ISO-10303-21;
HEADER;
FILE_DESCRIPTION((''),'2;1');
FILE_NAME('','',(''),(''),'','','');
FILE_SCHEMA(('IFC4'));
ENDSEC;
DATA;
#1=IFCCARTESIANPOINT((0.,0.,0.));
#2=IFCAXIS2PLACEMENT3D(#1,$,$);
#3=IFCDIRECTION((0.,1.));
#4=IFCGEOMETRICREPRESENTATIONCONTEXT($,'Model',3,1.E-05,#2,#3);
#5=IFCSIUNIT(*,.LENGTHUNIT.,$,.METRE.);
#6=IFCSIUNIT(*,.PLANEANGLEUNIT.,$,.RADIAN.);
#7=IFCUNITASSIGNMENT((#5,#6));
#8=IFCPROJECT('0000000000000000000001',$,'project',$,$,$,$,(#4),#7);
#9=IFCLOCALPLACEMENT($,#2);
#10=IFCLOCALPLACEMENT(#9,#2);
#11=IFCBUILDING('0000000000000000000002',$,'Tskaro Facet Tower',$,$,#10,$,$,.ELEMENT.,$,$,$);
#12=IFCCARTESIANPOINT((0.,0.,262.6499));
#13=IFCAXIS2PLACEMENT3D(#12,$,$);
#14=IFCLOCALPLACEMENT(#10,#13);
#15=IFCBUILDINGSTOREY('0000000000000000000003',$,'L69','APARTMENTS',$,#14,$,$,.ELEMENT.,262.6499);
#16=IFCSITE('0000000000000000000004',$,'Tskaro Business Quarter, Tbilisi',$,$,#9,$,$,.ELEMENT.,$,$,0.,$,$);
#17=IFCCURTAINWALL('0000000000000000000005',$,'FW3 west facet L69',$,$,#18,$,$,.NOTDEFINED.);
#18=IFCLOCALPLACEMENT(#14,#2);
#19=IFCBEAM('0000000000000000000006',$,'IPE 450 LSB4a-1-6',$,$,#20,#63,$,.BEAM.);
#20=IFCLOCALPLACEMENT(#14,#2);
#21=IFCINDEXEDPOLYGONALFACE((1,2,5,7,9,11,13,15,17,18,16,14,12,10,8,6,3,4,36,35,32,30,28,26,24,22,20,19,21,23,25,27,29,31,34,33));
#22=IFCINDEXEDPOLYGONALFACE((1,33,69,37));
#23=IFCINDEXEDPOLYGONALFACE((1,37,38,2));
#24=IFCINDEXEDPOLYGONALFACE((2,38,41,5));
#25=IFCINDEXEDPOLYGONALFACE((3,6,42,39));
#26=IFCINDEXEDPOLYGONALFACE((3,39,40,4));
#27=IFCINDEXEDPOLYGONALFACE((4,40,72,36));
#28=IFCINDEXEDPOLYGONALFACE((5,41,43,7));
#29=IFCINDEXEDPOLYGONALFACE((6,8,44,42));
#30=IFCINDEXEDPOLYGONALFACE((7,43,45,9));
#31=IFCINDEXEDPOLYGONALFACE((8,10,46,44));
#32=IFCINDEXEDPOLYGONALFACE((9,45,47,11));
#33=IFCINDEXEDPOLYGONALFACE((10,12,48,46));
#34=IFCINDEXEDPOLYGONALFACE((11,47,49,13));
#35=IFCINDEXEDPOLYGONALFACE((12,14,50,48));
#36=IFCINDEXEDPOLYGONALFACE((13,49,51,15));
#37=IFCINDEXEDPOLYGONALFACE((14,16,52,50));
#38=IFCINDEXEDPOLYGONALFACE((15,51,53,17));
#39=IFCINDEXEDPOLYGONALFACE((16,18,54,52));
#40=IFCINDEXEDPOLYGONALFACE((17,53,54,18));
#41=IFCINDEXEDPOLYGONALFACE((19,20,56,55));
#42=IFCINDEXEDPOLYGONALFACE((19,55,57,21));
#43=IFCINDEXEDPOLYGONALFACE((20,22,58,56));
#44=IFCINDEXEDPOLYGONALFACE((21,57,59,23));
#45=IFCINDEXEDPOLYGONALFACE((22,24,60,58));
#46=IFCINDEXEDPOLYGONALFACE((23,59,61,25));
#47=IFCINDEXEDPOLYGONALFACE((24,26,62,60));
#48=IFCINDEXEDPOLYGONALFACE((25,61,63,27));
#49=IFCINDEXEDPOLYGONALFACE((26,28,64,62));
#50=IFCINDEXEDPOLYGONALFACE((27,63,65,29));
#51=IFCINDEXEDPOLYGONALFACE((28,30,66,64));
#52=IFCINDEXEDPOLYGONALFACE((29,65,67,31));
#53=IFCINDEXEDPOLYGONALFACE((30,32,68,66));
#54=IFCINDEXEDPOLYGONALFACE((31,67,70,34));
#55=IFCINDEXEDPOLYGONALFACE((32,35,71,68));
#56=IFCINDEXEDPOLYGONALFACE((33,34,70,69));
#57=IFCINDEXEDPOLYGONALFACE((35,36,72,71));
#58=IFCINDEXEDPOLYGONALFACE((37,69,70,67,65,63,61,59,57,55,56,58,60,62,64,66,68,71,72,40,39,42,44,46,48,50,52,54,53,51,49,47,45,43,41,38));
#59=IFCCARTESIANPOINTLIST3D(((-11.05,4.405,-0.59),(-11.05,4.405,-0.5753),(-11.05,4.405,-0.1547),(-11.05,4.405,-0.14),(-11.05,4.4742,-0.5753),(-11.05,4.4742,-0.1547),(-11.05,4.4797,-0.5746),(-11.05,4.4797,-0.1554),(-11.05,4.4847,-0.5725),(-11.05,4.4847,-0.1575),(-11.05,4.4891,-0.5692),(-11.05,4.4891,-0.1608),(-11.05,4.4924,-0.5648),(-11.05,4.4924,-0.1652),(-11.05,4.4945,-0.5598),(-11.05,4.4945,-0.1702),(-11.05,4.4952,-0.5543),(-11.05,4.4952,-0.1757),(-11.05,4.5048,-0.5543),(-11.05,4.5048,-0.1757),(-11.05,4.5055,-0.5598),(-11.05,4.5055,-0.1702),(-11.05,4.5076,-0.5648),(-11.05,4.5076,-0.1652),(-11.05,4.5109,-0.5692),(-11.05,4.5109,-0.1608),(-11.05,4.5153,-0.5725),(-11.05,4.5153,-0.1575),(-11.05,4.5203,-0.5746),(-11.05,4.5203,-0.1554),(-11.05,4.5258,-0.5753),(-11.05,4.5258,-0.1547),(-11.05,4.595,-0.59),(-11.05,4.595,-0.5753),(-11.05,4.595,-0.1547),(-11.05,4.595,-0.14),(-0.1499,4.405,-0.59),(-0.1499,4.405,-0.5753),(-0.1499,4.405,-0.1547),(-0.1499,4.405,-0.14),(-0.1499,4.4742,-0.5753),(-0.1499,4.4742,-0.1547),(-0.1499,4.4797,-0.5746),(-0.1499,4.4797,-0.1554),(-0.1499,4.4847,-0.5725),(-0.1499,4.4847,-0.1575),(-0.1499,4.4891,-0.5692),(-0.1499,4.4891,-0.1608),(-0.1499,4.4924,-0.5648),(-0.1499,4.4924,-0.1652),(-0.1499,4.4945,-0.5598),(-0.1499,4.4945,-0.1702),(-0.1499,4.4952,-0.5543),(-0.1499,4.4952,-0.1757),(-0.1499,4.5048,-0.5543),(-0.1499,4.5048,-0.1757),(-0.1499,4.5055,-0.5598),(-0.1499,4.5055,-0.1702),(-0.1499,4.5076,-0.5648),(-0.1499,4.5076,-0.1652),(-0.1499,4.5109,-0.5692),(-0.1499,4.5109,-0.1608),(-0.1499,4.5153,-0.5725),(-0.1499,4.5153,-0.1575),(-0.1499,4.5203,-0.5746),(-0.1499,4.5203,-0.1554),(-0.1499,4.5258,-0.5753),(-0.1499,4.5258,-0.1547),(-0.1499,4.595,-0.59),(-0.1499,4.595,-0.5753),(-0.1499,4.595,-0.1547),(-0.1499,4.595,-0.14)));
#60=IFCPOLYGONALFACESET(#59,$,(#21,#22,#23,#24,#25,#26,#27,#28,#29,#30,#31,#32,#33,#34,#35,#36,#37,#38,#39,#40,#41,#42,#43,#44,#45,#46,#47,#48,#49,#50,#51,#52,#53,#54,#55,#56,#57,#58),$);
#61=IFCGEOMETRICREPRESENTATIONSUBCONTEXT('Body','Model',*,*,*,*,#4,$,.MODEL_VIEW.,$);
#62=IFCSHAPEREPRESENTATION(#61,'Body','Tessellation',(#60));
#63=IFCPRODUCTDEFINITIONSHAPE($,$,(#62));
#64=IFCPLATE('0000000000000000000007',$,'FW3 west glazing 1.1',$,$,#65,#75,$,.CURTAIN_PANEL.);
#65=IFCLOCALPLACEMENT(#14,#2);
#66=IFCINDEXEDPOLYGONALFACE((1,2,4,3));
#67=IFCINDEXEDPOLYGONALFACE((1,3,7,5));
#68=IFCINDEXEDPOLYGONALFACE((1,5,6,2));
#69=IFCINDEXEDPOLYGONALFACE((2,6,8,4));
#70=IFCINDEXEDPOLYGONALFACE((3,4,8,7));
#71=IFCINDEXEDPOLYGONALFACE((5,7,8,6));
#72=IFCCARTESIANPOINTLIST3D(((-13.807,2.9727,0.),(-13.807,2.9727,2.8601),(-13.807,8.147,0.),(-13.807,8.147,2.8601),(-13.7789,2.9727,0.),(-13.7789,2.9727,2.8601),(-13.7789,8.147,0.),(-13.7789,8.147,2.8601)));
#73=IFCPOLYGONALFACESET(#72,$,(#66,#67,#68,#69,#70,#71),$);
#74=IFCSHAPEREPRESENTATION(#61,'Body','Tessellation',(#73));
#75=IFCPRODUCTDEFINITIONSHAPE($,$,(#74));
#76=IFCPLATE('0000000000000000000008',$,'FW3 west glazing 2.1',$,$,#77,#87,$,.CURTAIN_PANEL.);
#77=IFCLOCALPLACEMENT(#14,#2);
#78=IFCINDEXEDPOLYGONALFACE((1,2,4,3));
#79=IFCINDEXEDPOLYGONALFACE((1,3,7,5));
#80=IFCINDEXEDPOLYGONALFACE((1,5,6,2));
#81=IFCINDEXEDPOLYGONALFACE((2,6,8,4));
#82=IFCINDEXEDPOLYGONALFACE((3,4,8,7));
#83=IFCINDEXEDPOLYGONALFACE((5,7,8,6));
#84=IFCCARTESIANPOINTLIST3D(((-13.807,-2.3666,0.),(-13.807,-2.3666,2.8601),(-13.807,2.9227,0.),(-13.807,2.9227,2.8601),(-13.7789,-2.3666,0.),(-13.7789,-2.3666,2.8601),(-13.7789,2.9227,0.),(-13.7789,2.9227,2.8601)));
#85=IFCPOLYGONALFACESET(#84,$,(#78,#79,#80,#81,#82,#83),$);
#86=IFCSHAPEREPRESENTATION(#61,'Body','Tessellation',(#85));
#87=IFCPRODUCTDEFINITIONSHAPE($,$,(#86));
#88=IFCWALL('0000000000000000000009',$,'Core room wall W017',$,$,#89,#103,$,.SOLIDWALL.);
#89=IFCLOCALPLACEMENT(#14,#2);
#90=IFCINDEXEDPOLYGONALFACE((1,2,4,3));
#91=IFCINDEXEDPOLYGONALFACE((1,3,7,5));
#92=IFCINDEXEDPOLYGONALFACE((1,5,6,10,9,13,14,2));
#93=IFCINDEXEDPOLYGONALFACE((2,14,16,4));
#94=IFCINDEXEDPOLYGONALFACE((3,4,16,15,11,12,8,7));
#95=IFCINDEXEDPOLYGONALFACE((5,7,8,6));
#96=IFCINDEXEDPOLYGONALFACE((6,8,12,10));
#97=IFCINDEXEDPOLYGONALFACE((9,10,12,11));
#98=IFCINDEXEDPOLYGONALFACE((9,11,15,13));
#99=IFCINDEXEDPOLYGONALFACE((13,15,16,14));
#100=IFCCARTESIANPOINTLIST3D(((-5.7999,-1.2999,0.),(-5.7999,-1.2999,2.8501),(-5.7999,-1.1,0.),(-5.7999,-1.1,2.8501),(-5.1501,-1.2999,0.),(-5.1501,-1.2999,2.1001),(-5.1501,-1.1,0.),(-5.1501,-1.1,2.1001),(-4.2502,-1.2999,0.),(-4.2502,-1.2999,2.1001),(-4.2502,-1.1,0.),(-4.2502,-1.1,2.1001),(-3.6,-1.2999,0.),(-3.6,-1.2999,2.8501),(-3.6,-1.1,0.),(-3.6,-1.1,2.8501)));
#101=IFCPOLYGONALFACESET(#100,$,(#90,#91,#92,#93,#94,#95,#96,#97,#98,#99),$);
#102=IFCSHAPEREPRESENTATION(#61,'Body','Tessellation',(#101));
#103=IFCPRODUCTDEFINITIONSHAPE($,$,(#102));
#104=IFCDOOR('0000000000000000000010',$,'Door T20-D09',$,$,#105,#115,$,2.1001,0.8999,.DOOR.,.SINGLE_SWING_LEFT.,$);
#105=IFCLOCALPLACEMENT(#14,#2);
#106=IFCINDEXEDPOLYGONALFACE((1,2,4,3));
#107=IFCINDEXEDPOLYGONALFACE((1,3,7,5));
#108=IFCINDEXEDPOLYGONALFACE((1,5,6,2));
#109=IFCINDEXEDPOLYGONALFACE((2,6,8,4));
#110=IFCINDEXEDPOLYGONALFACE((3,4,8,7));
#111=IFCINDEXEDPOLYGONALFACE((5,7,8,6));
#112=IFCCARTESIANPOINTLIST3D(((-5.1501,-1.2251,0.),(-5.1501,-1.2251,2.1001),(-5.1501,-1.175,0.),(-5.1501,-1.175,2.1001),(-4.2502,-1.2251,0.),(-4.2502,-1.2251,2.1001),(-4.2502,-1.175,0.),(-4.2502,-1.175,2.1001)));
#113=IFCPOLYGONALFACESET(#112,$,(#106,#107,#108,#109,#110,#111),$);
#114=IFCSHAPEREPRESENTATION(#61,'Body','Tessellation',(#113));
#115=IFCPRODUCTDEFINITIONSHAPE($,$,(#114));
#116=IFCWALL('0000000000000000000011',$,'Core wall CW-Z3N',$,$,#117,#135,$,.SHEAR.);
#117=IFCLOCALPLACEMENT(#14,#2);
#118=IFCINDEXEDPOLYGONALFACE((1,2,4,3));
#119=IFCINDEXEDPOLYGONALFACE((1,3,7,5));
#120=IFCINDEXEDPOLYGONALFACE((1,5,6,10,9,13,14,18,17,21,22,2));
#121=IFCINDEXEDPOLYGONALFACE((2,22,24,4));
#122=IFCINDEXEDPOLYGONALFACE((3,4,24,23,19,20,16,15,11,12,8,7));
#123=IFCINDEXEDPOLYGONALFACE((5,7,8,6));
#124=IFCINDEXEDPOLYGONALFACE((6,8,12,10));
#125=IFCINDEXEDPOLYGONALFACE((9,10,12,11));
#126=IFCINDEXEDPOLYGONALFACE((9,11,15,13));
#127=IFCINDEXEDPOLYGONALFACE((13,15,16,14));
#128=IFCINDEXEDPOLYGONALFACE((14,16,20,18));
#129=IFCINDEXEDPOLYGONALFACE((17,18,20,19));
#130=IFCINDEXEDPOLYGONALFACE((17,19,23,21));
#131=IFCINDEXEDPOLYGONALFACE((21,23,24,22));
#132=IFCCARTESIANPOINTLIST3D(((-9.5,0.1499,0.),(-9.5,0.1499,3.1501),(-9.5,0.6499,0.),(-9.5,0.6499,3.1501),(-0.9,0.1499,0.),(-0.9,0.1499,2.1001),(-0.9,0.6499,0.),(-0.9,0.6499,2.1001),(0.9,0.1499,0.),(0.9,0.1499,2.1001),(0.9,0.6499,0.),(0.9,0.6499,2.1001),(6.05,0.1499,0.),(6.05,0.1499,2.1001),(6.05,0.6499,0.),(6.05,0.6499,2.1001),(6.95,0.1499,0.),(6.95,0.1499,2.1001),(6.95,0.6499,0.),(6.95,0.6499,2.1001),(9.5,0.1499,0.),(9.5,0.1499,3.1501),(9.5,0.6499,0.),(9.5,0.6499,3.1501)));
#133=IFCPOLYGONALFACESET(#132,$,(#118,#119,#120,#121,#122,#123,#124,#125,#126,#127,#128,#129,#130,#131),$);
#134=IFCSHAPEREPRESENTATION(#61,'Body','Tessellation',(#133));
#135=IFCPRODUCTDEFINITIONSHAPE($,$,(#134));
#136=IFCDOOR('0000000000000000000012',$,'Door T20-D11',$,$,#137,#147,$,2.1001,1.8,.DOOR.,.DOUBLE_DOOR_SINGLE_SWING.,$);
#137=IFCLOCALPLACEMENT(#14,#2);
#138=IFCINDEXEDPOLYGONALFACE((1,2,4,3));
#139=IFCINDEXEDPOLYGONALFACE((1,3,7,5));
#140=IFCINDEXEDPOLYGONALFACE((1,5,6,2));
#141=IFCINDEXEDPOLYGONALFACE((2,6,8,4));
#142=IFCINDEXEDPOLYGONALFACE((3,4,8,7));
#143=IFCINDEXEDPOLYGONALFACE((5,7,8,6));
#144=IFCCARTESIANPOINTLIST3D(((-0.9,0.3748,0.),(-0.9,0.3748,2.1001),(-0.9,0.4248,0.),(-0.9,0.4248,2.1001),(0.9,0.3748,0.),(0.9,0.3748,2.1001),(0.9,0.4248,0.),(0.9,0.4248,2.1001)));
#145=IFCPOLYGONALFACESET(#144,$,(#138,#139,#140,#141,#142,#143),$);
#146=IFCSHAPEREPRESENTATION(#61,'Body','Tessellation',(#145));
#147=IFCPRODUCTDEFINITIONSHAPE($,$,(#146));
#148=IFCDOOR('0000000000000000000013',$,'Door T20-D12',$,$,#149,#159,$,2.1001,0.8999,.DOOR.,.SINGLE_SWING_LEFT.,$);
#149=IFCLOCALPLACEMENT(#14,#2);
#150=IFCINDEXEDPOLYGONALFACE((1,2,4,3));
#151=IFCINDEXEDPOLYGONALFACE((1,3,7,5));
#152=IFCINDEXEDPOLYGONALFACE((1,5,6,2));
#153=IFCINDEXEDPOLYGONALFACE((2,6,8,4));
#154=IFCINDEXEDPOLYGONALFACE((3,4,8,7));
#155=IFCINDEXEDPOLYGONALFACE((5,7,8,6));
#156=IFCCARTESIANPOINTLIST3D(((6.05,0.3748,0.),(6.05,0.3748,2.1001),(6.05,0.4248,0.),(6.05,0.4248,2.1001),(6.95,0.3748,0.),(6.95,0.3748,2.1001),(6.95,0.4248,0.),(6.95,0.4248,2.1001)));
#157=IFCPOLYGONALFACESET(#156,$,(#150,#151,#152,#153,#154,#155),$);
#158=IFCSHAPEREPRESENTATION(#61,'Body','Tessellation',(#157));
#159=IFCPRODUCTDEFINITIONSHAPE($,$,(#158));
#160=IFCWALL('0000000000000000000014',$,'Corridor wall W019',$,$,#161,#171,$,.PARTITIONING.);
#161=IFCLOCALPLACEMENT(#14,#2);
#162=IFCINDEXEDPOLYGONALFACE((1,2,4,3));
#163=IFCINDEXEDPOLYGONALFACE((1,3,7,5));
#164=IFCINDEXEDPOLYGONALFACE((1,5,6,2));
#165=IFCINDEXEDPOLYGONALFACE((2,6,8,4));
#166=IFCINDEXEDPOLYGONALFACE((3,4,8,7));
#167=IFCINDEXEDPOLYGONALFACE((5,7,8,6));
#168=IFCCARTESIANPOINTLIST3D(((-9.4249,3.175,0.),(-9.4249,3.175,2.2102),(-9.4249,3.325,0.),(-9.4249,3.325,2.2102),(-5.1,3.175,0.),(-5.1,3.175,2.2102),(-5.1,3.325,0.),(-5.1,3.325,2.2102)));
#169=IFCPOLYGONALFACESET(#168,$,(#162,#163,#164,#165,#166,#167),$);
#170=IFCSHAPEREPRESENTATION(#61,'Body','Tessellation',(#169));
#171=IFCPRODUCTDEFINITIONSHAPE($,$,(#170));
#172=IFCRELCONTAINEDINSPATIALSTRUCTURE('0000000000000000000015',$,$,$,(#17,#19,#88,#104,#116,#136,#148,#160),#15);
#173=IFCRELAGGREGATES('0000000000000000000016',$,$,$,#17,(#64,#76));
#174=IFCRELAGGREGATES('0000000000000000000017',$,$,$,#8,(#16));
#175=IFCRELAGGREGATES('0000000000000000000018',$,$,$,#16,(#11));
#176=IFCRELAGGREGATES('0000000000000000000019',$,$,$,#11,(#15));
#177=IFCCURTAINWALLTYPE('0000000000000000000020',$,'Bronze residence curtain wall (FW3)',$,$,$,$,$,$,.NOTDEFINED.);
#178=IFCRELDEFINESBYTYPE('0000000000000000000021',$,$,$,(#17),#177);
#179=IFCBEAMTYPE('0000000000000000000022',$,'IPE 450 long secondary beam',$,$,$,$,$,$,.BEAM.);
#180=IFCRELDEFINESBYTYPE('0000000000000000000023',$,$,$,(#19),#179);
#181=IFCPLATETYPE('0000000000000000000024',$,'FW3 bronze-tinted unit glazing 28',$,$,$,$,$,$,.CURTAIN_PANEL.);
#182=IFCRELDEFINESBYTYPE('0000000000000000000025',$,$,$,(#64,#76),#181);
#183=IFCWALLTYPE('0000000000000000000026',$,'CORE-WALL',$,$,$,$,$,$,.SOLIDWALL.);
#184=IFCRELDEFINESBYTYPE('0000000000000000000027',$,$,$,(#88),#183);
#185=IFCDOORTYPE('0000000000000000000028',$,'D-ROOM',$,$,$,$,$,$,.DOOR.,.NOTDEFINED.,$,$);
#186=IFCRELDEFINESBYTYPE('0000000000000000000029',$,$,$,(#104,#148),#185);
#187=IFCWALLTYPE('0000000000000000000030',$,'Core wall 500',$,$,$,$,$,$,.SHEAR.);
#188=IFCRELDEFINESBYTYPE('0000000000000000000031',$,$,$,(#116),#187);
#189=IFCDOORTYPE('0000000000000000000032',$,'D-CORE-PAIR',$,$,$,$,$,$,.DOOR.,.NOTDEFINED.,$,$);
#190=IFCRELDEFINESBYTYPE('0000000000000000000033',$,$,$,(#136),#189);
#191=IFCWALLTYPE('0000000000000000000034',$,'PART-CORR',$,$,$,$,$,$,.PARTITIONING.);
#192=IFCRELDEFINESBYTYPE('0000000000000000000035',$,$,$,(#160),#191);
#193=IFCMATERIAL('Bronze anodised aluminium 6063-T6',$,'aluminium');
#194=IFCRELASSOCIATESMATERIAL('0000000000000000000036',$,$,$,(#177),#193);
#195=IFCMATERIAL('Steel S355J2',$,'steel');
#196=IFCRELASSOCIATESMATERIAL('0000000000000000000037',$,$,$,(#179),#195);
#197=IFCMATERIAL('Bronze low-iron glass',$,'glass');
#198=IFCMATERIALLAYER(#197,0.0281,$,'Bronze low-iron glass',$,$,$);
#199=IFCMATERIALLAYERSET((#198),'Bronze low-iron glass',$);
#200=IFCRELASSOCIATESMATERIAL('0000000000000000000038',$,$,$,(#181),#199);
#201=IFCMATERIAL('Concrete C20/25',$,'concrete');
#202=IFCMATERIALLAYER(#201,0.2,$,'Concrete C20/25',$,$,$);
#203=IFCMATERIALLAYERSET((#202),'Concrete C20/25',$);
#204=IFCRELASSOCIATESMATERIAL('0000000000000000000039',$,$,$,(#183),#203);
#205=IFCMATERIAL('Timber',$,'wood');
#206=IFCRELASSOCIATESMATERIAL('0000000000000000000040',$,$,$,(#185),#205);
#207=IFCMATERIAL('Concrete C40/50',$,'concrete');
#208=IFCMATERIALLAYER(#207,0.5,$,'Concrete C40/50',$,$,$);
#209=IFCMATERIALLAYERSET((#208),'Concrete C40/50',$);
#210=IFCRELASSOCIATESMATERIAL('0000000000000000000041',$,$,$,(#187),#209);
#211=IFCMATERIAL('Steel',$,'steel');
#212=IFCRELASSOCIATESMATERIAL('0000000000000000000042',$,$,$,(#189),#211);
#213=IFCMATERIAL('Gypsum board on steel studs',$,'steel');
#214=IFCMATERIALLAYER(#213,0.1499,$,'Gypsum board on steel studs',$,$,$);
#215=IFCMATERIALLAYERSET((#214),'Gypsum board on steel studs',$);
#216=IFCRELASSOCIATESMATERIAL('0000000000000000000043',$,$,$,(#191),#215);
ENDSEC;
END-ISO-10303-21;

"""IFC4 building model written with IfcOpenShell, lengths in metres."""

from ifc_helpers import new_model, si_unit, direction, frame, frame_2d, origin, origin_2d, place, context, subcontext, project, spatial, rectangle, i_section, extrude, material, layer, layer_set, material_profile, profile_set, type_object, element, fill, aggregate, save


model = new_model("IFC4")

# Units and contexts
model_context = context("Model", 3, precision=1e-05, world=origin(), true_north=direction((0.0, 1.0)))
body_context = subcontext(model_context, "Body", "Model", "MODEL_VIEW")
ifc_project = project(units=[si_unit("LENGTHUNIT", "METRE"), si_unit("PLANEANGLEUNIT", "RADIAN")], contexts=[model_context])

# Site, building, storey
site_placement = place(None, origin())
site = spatial("IfcSite", under=ifc_project, at=site_placement, Name="Tskaro Business Quarter, Tbilisi", CompositionType="ELEMENT", RefElevation=0.0)
building_placement = place(site_placement, origin())
building = spatial("IfcBuilding", under=site, at=building_placement, Name="Tskaro Facet Tower", CompositionType="ELEMENT")
storey_placement = place(building_placement, frame((0.0, 0.0, 262.6499)))
storey = spatial("IfcBuildingStorey", under=building, at=storey_placement, Name="L69", Description="APARTMENTS", CompositionType="ELEMENT", Elevation=262.6499)

# Curtain wall
ifc_material_1 = material(Name="Bronze anodised aluminium 6063-T6", Category="aluminium")
curtain_wall_type = type_object("IfcCurtainWallType", Name="Bronze residence curtain wall (FW3)", PredefinedType="NOTDEFINED", material=ifc_material_1)
curtain_wall_placement = place(storey_placement, origin())
curtain_wall = element("IfcCurtainWall", 1, at=curtain_wall_placement, inside=storey, type_object=curtain_wall_type, Name="FW3 west facet L69", PredefinedType="NOTDEFINED")

# Beam
ifc_material_2 = material(Name="Steel S355J2", Category="steel")
ifc_material_profile_1 = material_profile(ifc_material_2, i_section(OverallWidth=0.1899, OverallDepth=0.45, WebThickness=0.0095, FlangeThickness=0.0146, FilletRadius=0.021, at=origin_2d()), Name="IPE 450")
ifc_profile_set_1 = profile_set([ifc_material_profile_1], Name="Steel S355J2")
beam_type_1 = type_object("IfcBeamType", Name="IPE 450 long secondary beam", PredefinedType="BEAM", material=ifc_profile_set_1)
beam_1_placement = place(storey_placement, frame((-11.05, 4.5, -0.365), z_axis=(1.0, 0.0, 0.0), x_axis=(0.0, 1.0, 0.0)))
element("IfcBeam", 2, at=beam_1_placement, inside=storey, type_object=beam_type_1, Name="IPE 450 LSB4a-1-6", PredefinedType="BEAM", context=body_context, shape_type="SweptSolid", body=[
    extrude(i_section(OverallWidth=0.1899, OverallDepth=0.45, WebThickness=0.0095, FlangeThickness=0.0146, FilletRadius=0.021, at=origin_2d()), origin(), (0.0, 0.0, 1.0), 10.9001),
])

# Plates
ifc_material_3 = material(Name="Bronze low-iron glass", Category="glass")
ifc_layer_1 = layer(ifc_material_3, 0.0281, Name="Bronze low-iron glass")
ifc_layer_set_1 = layer_set([ifc_layer_1], Name="Bronze low-iron glass")
plate_type = type_object("IfcPlateType", Name="FW3 bronze-tinted unit glazing 28", PredefinedType="CURTAIN_PANEL", material=ifc_layer_set_1)
plate_1_placement = place(storey_placement, frame((-13.793, 5.5598, 0.0), z_axis=(0.0, 0.0, 1.0), x_axis=(0.0, -1.0, 0.0)))
plate_1 = element("IfcPlate", 3, at=plate_1_placement, type_object=plate_type, Name="FW3 west glazing 1.1", PredefinedType="CURTAIN_PANEL", context=body_context, shape_type="SweptSolid", body=[
    extrude(rectangle(XDim=5.1743, YDim=0.0281, at=origin_2d()), origin(), (0.0, 0.0, 1.0), 2.8601),
])
plate_2_placement = place(storey_placement, frame((-13.793, 0.2781, 0.0), z_axis=(0.0, 0.0, 1.0), x_axis=(0.0, -1.0, 0.0)))
plate_2 = element("IfcPlate", 4, at=plate_2_placement, type_object=plate_type, Name="FW3 west glazing 2.1", PredefinedType="CURTAIN_PANEL", context=body_context, shape_type="SweptSolid", body=[
    extrude(rectangle(XDim=5.2893, YDim=0.0281, at=origin_2d()), origin(), (0.0, 0.0, 1.0), 2.8601),
])
aggregate(curtain_wall, [plate_1, plate_2])

# Wall, opening, door
ifc_material_4 = material(Name="Concrete C20/25", Category="concrete")
ifc_layer_2 = layer(ifc_material_4, 0.2, Name="Concrete C20/25")
ifc_layer_set_2 = layer_set([ifc_layer_2], Name="Concrete C20/25")
wall_type_1 = type_object("IfcWallType", Name="CORE-WALL", PredefinedType="SOLIDWALL", material=ifc_layer_set_2)
wall_1_placement = place(storey_placement, frame((-5.8, -1.2, 0.0), z_axis=(0.0, 0.0, 1.0), x_axis=(1.0, 0.0, 0.0)))
wall_1 = element("IfcWall", 5, at=wall_1_placement, inside=storey, type_object=wall_type_1, Name="Core room wall W017", PredefinedType="SOLIDWALL", context=body_context, shape_type="SweptSolid", body=[
    extrude(rectangle(XDim=2.2, YDim=0.2, at=frame_2d((1.1001, 0.0))), origin(), (0.0, 0.0, 1.0), 2.8501),
])
opening_1_placement = place(wall_1_placement, frame((0.6499, 0.0, 0.0)))
opening_1 = element("IfcOpeningElement", 6, at=opening_1_placement, cuts=wall_1, PredefinedType="OPENING", context=body_context, shape_type="SweptSolid", body=[
    extrude(rectangle(XDim=0.8999, YDim=2.1001, at=frame_2d((0.45, 1.05))), frame((0.0, 0.1099, 0.0), z_axis=(0.0, -1.0, 0.0), x_axis=(1.0, 0.0, 0.0)), (0.0, 0.0, 1.0), 0.22),
])
ifc_material_5 = material(Name="Timber", Category="wood")
door_type_1 = type_object("IfcDoorType", Name="D-ROOM", OperationType="NOTDEFINED", PredefinedType="DOOR", material=ifc_material_5)
door_1_placement = place(opening_1_placement, origin())
door_1 = element("IfcDoor", 7, at=door_1_placement, inside=storey, type_object=door_type_1, Name="Door T20-D09", OperationType="SINGLE_SWING_LEFT", OverallHeight=2.1001, OverallWidth=0.8999, PredefinedType="DOOR", context=body_context, shape_type="SweptSolid", body=[
    extrude(rectangle(XDim=0.8999, YDim=2.1001, at=frame_2d((0.45, 1.05))), frame((0.0, 0.0249, 0.0), z_axis=(0.0, -1.0, 0.0), x_axis=(1.0, 0.0, 0.0)), (0.0, 0.0, 1.0), 0.05),
])
fill(opening_1, door_1)

# Wall, openings, doors
ifc_material_6 = material(Name="Concrete C40/50", Category="concrete")
ifc_layer_3 = layer(ifc_material_6, 0.5, Name="Concrete C40/50")
ifc_layer_set_3 = layer_set([ifc_layer_3], Name="Concrete C40/50")
wall_type_2 = type_object("IfcWallType", Name="Core wall 500", PredefinedType="SHEAR", material=ifc_layer_set_3)
wall_2_placement = place(storey_placement, frame((-9.5, 0.3999, 0.0), z_axis=(0.0, 0.0, 1.0), x_axis=(1.0, 0.0, 0.0)))
wall_2 = element("IfcWall", 8, at=wall_2_placement, inside=storey, type_object=wall_type_2, Name="Core wall CW-Z3N", PredefinedType="SHEAR", context=body_context, shape_type="SweptSolid", body=[
    extrude(rectangle(XDim=19.0, YDim=0.5, at=frame_2d((9.5, 0.0))), origin(), (0.0, 0.0, 1.0), 3.1501),
])
opening_2_placement = place(wall_2_placement, frame((8.6001, 0.0, 0.0)))
opening_2 = element("IfcOpeningElement", 9, at=opening_2_placement, cuts=wall_2, PredefinedType="OPENING", context=body_context, shape_type="SweptSolid", body=[
    extrude(rectangle(XDim=1.8, YDim=2.1001, at=frame_2d((0.8999, 1.05))), frame((0.0, 0.26, 0.0), z_axis=(0.0, -1.0, 0.0), x_axis=(1.0, 0.0, 0.0)), (0.0, 0.0, 1.0), 0.52),
])
opening_3_placement = place(wall_2_placement, frame((15.55, 0.0, 0.0)))
opening_3 = element("IfcOpeningElement", 10, at=opening_3_placement, cuts=wall_2, PredefinedType="OPENING", context=body_context, shape_type="SweptSolid", body=[
    extrude(rectangle(XDim=0.8999, YDim=2.1001, at=frame_2d((0.45, 1.05))), frame((0.0, 0.26, 0.0), z_axis=(0.0, -1.0, 0.0), x_axis=(1.0, 0.0, 0.0)), (0.0, 0.0, 1.0), 0.52),
])
ifc_material_7 = material(Name="Steel", Category="steel")
door_type_2 = type_object("IfcDoorType", Name="D-CORE-PAIR", OperationType="NOTDEFINED", PredefinedType="DOOR", material=ifc_material_7)
door_2_placement = place(opening_2_placement, origin())
door_2 = element("IfcDoor", 11, at=door_2_placement, inside=storey, type_object=door_type_2, Name="Door T20-D11", OperationType="DOUBLE_DOOR_SINGLE_SWING", OverallHeight=2.1001, OverallWidth=1.8, PredefinedType="DOOR", context=body_context, shape_type="SweptSolid", body=[
    extrude(rectangle(XDim=1.8, YDim=2.1001, at=frame_2d((0.8999, 1.05))), frame((0.0, 0.0249, 0.0), z_axis=(0.0, -1.0, 0.0), x_axis=(1.0, 0.0, 0.0)), (0.0, 0.0, 1.0), 0.05),
])
fill(opening_2, door_2)
door_3_placement = place(opening_3_placement, origin())
door_3 = element("IfcDoor", 12, at=door_3_placement, inside=storey, type_object=door_type_1, Name="Door T20-D12", OperationType="SINGLE_SWING_LEFT", OverallHeight=2.1001, OverallWidth=0.8999, PredefinedType="DOOR", context=body_context, shape_type="SweptSolid", body=[
    extrude(rectangle(XDim=0.8999, YDim=2.1001, at=frame_2d((0.45, 1.05))), frame((0.0, 0.0249, 0.0), z_axis=(0.0, -1.0, 0.0), x_axis=(1.0, 0.0, 0.0)), (0.0, 0.0, 1.0), 0.05),
])
fill(opening_3, door_3)

# Wall
ifc_material_8 = material(Name="Gypsum board on steel studs", Category="steel")
ifc_layer_4 = layer(ifc_material_8, 0.1499, Name="Gypsum board on steel studs")
ifc_layer_set_4 = layer_set([ifc_layer_4], Name="Gypsum board on steel studs")
wall_type_3 = type_object("IfcWallType", Name="PART-CORR", PredefinedType="PARTITIONING", material=ifc_layer_set_4)
wall_3_placement = place(storey_placement, frame((-9.425, 3.25, 0.0), z_axis=(0.0, 0.0, 1.0), x_axis=(1.0, 0.0, 0.0)))
element("IfcWall", 13, at=wall_3_placement, inside=storey, type_object=wall_type_3, Name="Corridor wall W019", PredefinedType="PARTITIONING", context=body_context, shape_type="SweptSolid", body=[
    extrude(rectangle(XDim=4.325, YDim=0.1499, at=frame_2d((2.1626, 0.0))), origin(), (0.0, 0.0, 1.0), 2.2102),
])

save(model, "model.ifc")
